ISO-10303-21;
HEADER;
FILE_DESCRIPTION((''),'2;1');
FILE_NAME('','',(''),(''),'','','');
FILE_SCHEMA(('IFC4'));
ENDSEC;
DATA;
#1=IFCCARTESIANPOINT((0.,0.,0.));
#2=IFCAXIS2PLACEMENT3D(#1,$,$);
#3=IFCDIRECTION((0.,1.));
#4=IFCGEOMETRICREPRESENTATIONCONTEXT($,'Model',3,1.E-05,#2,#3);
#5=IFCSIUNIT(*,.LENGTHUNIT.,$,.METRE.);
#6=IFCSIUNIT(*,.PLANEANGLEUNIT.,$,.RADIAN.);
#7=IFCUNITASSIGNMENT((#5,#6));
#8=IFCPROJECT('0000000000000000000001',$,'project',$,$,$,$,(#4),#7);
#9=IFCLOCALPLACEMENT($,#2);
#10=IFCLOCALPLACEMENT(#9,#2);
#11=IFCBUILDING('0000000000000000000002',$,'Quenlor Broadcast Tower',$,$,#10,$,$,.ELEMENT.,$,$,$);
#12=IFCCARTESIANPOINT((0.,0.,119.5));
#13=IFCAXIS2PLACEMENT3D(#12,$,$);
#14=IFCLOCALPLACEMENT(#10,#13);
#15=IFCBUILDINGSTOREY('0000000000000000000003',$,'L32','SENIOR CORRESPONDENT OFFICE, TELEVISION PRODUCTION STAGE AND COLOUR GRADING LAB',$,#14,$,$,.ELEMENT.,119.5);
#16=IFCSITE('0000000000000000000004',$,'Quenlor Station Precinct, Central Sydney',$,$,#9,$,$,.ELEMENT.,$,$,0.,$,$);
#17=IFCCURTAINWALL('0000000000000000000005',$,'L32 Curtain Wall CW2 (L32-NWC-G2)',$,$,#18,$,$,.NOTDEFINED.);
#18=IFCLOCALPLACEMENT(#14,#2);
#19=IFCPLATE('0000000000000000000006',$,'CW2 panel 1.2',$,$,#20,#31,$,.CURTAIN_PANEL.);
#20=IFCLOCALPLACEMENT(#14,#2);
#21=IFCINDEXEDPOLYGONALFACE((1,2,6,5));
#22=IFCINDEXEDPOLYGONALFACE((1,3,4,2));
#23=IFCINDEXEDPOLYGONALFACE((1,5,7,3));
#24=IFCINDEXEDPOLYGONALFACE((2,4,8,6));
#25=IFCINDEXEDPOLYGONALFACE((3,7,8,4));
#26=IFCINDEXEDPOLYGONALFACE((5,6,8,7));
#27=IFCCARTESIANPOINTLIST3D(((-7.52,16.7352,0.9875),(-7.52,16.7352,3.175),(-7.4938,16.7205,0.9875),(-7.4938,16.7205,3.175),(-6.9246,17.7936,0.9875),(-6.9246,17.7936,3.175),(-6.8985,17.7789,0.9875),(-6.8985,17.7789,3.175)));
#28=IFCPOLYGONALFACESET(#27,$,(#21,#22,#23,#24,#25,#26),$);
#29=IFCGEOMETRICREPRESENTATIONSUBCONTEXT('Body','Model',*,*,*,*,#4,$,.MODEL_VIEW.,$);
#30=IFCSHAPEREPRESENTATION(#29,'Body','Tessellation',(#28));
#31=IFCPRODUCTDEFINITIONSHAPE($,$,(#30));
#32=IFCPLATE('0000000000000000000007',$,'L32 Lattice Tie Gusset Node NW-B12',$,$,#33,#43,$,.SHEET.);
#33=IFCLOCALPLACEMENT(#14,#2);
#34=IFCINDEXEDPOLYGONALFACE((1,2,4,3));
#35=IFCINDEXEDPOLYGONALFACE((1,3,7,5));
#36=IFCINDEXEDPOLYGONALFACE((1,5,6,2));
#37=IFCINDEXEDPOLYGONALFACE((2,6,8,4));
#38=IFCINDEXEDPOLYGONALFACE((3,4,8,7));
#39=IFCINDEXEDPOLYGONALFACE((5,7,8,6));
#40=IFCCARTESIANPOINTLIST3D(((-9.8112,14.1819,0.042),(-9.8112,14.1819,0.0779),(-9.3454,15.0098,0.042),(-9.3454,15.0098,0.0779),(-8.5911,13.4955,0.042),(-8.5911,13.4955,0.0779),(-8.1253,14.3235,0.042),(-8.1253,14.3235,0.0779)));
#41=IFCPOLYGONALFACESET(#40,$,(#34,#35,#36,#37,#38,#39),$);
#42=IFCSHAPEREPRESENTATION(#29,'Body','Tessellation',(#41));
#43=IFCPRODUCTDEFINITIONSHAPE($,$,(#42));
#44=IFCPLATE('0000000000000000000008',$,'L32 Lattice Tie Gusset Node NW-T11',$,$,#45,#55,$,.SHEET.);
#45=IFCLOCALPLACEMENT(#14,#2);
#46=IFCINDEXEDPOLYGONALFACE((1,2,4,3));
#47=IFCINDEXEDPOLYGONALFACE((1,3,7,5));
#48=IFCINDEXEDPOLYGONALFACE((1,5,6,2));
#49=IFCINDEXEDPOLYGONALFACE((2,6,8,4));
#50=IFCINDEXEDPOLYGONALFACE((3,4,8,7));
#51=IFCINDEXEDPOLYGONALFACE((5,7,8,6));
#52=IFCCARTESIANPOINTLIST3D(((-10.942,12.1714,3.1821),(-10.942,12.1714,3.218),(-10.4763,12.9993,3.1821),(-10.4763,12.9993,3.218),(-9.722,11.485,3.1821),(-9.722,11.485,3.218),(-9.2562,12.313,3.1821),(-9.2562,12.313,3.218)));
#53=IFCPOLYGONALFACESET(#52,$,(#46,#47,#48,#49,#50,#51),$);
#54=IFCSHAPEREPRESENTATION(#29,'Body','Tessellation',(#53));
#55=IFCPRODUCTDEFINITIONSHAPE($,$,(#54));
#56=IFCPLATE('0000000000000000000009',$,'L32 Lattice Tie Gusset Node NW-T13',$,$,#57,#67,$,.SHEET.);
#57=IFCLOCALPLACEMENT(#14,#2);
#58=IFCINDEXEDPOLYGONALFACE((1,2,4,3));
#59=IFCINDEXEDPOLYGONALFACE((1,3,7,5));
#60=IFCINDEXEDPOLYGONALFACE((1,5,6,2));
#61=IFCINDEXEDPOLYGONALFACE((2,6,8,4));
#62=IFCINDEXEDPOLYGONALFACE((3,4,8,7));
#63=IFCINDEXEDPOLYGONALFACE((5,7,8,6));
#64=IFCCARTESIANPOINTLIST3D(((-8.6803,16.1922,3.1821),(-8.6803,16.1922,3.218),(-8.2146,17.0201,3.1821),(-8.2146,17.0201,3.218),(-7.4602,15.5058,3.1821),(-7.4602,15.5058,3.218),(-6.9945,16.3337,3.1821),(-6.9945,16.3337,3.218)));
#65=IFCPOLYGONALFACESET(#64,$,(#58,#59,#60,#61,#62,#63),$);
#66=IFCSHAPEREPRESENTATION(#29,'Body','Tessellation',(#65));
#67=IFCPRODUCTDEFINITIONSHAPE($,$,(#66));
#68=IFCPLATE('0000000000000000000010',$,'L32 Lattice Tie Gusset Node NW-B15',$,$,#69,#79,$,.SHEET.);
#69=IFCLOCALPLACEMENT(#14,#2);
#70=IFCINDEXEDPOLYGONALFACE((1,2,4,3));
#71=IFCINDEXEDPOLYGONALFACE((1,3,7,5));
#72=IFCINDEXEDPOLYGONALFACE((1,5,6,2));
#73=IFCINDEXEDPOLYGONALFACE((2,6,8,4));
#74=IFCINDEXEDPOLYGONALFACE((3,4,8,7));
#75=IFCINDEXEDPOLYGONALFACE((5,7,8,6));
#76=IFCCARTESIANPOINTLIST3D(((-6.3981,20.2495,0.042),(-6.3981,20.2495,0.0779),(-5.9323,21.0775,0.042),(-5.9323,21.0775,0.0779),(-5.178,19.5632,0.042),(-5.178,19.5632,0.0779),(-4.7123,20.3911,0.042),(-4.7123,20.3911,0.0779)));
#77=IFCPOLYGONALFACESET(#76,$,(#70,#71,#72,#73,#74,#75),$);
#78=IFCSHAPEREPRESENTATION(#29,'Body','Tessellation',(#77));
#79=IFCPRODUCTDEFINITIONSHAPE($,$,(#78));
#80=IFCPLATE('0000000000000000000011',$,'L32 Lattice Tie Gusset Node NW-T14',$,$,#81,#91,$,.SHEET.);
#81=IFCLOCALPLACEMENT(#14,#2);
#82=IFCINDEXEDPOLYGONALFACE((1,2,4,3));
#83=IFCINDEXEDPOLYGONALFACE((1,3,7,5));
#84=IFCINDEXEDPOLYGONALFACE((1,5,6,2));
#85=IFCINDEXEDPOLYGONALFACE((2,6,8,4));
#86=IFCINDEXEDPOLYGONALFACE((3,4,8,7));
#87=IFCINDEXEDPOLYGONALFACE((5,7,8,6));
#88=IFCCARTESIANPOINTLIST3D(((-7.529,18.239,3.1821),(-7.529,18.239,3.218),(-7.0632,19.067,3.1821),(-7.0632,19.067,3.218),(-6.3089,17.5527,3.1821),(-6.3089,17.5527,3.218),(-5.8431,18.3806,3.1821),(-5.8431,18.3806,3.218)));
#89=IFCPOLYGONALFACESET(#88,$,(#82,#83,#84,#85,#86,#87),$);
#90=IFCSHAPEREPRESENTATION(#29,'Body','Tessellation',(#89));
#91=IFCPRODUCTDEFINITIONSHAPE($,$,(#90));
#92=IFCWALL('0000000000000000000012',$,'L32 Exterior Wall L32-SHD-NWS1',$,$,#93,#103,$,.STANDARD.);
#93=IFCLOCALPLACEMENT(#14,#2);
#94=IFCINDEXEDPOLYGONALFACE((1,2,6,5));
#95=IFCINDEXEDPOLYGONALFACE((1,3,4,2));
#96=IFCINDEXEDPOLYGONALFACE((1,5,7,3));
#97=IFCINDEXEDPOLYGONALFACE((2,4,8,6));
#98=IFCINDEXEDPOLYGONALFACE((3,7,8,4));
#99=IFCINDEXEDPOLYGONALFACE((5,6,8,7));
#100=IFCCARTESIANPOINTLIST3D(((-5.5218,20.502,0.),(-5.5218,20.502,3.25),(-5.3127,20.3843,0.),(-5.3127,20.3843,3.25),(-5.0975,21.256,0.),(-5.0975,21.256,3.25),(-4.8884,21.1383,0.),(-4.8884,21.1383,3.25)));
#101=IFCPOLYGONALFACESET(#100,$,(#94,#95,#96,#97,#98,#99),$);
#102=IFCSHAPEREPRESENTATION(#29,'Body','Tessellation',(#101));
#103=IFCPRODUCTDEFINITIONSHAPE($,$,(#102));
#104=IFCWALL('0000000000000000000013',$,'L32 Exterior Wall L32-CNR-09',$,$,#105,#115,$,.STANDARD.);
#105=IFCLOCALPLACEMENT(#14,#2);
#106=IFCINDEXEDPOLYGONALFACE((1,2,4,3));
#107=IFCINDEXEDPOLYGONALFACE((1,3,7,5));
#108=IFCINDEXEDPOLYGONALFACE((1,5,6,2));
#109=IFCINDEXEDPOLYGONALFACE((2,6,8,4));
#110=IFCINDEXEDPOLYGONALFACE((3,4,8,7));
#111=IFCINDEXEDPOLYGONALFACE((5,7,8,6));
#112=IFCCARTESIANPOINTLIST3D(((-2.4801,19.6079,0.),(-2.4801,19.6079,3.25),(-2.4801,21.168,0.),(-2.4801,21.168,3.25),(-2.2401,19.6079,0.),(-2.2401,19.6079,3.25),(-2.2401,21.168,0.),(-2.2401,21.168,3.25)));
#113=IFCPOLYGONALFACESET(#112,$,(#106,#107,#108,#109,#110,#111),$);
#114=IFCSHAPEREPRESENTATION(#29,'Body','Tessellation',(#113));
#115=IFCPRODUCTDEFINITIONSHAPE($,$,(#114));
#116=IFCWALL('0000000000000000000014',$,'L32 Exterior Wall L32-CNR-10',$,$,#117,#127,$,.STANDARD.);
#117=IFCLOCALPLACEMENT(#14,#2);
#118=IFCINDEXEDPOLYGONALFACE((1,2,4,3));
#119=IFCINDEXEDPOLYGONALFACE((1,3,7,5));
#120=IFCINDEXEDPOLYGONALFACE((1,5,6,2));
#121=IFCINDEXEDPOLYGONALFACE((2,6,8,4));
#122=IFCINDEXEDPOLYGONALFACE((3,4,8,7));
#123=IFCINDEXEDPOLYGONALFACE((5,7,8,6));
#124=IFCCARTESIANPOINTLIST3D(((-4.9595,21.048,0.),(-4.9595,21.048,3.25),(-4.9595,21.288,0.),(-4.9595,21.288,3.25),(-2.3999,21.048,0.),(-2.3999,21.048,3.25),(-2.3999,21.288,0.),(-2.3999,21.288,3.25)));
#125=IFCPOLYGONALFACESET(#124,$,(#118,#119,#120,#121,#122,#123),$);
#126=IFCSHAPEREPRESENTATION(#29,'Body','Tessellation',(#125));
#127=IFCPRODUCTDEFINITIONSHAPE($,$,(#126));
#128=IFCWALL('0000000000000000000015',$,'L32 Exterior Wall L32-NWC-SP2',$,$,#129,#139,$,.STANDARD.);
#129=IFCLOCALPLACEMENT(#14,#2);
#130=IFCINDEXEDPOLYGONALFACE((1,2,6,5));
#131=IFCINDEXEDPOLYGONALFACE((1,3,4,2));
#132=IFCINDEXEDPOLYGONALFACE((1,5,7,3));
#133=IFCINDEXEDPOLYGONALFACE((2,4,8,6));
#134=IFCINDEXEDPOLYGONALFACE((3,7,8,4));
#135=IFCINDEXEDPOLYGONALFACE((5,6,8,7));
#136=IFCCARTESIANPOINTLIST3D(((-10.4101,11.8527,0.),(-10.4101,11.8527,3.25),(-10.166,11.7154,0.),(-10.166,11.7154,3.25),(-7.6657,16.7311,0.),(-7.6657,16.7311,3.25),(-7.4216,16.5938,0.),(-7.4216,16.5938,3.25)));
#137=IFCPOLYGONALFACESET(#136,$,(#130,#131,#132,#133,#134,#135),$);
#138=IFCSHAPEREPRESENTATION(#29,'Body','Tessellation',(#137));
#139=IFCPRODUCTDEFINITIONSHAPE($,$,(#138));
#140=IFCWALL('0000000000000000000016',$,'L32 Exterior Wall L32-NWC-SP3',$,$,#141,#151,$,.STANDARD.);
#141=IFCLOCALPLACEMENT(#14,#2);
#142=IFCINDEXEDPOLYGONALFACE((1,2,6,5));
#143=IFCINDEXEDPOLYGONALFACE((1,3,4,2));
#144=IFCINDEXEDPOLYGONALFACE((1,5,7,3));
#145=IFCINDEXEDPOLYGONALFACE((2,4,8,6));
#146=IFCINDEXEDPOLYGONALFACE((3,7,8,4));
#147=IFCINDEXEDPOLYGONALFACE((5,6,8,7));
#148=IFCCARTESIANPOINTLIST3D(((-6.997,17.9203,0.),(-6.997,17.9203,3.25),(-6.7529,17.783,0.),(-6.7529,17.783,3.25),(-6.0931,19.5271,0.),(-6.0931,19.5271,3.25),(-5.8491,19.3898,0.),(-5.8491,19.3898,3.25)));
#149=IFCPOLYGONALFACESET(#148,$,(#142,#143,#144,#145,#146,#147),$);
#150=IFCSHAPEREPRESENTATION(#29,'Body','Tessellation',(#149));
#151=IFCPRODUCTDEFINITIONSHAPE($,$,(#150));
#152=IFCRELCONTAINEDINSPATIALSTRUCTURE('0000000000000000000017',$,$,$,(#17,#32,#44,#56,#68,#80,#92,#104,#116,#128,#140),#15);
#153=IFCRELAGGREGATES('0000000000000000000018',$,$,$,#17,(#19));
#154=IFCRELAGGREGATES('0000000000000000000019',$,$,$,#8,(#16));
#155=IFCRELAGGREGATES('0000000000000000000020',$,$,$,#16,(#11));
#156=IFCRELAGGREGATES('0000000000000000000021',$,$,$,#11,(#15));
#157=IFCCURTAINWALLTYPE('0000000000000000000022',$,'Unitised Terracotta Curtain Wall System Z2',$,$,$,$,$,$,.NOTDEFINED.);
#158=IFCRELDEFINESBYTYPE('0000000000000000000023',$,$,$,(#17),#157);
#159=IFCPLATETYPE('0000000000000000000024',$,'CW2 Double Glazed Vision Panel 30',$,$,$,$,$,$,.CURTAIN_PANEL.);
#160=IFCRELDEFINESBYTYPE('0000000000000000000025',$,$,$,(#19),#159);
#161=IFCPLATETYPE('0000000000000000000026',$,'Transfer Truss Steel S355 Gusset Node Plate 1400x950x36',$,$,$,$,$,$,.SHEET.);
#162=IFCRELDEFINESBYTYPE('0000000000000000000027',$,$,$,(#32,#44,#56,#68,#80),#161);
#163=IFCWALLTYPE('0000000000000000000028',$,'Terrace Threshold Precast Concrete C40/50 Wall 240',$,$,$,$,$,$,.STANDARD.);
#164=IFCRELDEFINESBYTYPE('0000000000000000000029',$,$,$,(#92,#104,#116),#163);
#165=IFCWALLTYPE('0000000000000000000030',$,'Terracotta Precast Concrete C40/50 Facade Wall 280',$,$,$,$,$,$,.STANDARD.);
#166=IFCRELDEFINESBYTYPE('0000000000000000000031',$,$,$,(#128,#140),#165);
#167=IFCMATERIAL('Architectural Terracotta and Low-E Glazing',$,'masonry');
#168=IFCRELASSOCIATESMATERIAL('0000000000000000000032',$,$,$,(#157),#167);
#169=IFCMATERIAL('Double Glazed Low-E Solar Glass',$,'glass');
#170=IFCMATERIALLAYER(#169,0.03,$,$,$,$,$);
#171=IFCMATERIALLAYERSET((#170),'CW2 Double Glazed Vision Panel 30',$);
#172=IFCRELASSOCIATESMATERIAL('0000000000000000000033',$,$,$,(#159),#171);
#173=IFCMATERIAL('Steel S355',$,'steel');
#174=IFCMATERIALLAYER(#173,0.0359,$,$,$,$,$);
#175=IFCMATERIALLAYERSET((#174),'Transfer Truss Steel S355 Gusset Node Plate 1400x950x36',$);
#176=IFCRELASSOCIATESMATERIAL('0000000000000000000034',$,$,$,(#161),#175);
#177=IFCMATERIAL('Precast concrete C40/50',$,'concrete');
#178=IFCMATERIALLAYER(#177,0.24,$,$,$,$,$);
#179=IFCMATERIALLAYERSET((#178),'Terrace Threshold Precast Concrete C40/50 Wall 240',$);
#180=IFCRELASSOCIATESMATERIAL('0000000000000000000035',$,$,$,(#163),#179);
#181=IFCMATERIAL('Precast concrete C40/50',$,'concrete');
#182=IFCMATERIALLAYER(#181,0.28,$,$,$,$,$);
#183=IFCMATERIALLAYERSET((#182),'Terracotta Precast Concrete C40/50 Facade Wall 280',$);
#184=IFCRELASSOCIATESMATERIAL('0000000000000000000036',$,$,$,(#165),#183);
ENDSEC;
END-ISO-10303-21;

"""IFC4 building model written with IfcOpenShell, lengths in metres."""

from ifc_helpers import new_model, si_unit, direction, frame, frame_2d, origin, origin_2d, place, context, subcontext, project, spatial, rectangle, extrude, material, layer, layer_set, type_object, element, aggregate, save


model = new_model("IFC4")

# Units and contexts
model_context = context("Model", 3, precision=1e-05, world=origin(), true_north=direction((0.0, 1.0)))
body_context = subcontext(model_context, "Body", "Model", "MODEL_VIEW")
ifc_project = project(units=[si_unit("LENGTHUNIT", "METRE"), si_unit("PLANEANGLEUNIT", "RADIAN")], contexts=[model_context])

# Site, building, storey
site_placement = place(None, origin())
site = spatial("IfcSite", under=ifc_project, at=site_placement, Name="Quenlor Station Precinct, Central Sydney", CompositionType="ELEMENT", RefElevation=0.0)
building_placement = place(site_placement, origin())
building = spatial("IfcBuilding", under=site, at=building_placement, Name="Quenlor Broadcast Tower", CompositionType="ELEMENT")
storey_placement = place(building_placement, frame((0.0, 0.0, 119.5)))
storey = spatial("IfcBuildingStorey", under=building, at=storey_placement, Name="L32", Description="SENIOR CORRESPONDENT OFFICE, TELEVISION PRODUCTION STAGE AND COLOUR GRADING LAB", CompositionType="ELEMENT", Elevation=119.5)

# Shared definitions
ifc_material_1 = material(Name="Architectural Terracotta and Low-E Glazing", Category="masonry")
curtain_wall_type = type_object("IfcCurtainWallType", Name="Unitised Terracotta Curtain Wall System Z2", PredefinedType="NOTDEFINED", material=ifc_material_1)

# Curtain wall
curtain_wall_1_placement = place(storey_placement, origin())
curtain_wall_1 = element("IfcCurtainWall", 1, at=curtain_wall_1_placement, inside=storey, type_object=curtain_wall_type, Name="L32 Curtain Wall CW2 (L32-NWC-G2)", PredefinedType="NOTDEFINED")

# Plate
ifc_material_2 = material(Name="Double Glazed Low-E Solar Glass", Category="glass")
ifc_layer_1 = layer(ifc_material_2, 0.03)
ifc_layer_set_1 = layer_set([ifc_layer_1], Name="CW2 Double Glazed Vision Panel 30")
plate_type_1 = type_object("IfcPlateType", Name="CW2 Double Glazed Vision Panel 30", PredefinedType="CURTAIN_PANEL", material=ifc_layer_set_1)
plate_1_placement = place(storey_placement, frame((-7.2092, 17.2571, 0.9875), z_axis=(0.0, 0.0, 1.0), x_axis=(0.490247, 0.871583, 0.0)))
plate_1 = element("IfcPlate", 2, at=plate_1_placement, type_object=plate_type_1, Name="CW2 panel 1.2", PredefinedType="CURTAIN_PANEL", context=body_context, shape_type="SweptSolid", body=[
    extrude(rectangle(XDim=1.2144, YDim=0.03, at=origin_2d()), origin(), (0.0, 0.0, 1.0), 2.1875),
])
aggregate(curtain_wall_1, [plate_1])

# Plates
ifc_material_3 = material(Name="Steel S355", Category="steel")
ifc_layer_2 = layer(ifc_material_3, 0.0359)
ifc_layer_set_2 = layer_set([ifc_layer_2], Name="Transfer Truss Steel S355 Gusset Node Plate 1400x950x36")
plate_type_2 = type_object("IfcPlateType", Name="Transfer Truss Steel S355 Gusset Node Plate 1400x950x36", PredefinedType="SHEET", material=ifc_layer_set_2)
for number, where, z_axis, x_axis, name in (
    (3, (-8.9683, 14.2527, 0.042), (0.0, 0.0, 1.0), (-0.871556, 0.490295, 0.0), "L32 Lattice Tie Gusset Node NW-B12"),
    (4, (-10.0991, 12.2422, 3.1821), (0.0, 0.0, 1.0), (-0.871556, 0.490295, 0.0), "L32 Lattice Tie Gusset Node NW-T11"),
    (5, (-7.8374, 16.2629, 3.1821), (0.0, 0.0, 1.0), (-0.871556, 0.490295, 0.0), "L32 Lattice Tie Gusset Node NW-T13"),
    (6, (-5.5552, 20.3203, 0.042), (0.0, 0.0, 1.0), (-0.871556, 0.490295, 0.0), "L32 Lattice Tie Gusset Node NW-B15"),
    (7, (-6.686, 18.3098, 3.1821), (0.0, 0.0, 1.0), (-0.871556, 0.490295, 0.0), "L32 Lattice Tie Gusset Node NW-T14"),
):
    element("IfcPlate", number, at=place(storey_placement, frame(where, z_axis=z_axis, x_axis=x_axis)), inside=storey, type_object=plate_type_2, Name=name, PredefinedType="SHEET", context=body_context, shape_type="SweptSolid", body=[
        extrude(rectangle(XDim=1.3999, YDim=0.95, at=origin_2d()), origin(), (0.0, 0.0, 1.0), 0.0359),
    ])

# Walls
ifc_material_4 = material(Name="Precast concrete C40/50", Category="concrete")
ifc_layer_3 = layer(ifc_material_4, 0.24)
ifc_layer_set_3 = layer_set([ifc_layer_3], Name="Terrace Threshold Precast Concrete C40/50 Wall 240")
wall_type_1 = type_object("IfcWallType", Name="Terrace Threshold Precast Concrete C40/50 Wall 240", PredefinedType="STANDARD", material=ifc_layer_set_3)
wall_1_placement = place(storey_placement, frame((-5.4172, 20.4431, 0.0), z_axis=(0.0, 0.0, 1.0), x_axis=(0.490355, 0.871523, 0.0)))
element("IfcWall", 8, at=wall_1_placement, inside=storey, type_object=wall_type_1, Name="L32 Exterior Wall L32-SHD-NWS1", PredefinedType="STANDARD", context=body_context, shape_type="SweptSolid", body=[
    extrude(rectangle(XDim=0.8652, YDim=0.24, at=frame_2d((0.4326, 0.0))), origin(), (0.0, 0.0, 1.0), 3.25),
])
wall_2_placement = place(storey_placement, frame((-2.3601, 19.6079, 0.0), z_axis=(0.0, 0.0, 1.0), x_axis=(0.0, 1.0, 0.0)))
element("IfcWall", 9, at=wall_2_placement, inside=storey, type_object=wall_type_1, Name="L32 Exterior Wall L32-CNR-09", PredefinedType="STANDARD", context=body_context, shape_type="SweptSolid", body=[
    extrude(rectangle(XDim=1.5601, YDim=0.24, at=frame_2d((0.78, 0.0))), origin(), (0.0, 0.0, 1.0), 3.25),
])
wall_3_placement = place(storey_placement, frame((-2.3999, 21.168, 0.0), z_axis=(0.0, 0.0, 1.0), x_axis=(-1.0, 0.0, 0.0)))
element("IfcWall", 10, at=wall_3_placement, inside=storey, type_object=wall_type_1, Name="L32 Exterior Wall L32-CNR-10", PredefinedType="STANDARD", context=body_context, shape_type="SweptSolid", body=[
    extrude(rectangle(XDim=2.5596, YDim=0.24, at=frame_2d((1.2798, 0.0))), origin(), (0.0, 0.0, 1.0), 3.25),
])
ifc_material_5 = material(Name="Precast concrete C40/50", Category="concrete")
ifc_layer_4 = layer(ifc_material_5, 0.28)
ifc_layer_set_4 = layer_set([ifc_layer_4], Name="Terracotta Precast Concrete C40/50 Facade Wall 280")
wall_type_2 = type_object("IfcWallType", Name="Terracotta Precast Concrete C40/50 Facade Wall 280", PredefinedType="STANDARD", material=ifc_layer_set_4)
wall_4_placement = place(storey_placement, frame((-10.2881, 11.7839, 0.0), z_axis=(0.0, 0.0, 1.0), x_axis=(0.490299, 0.871555, 0.0)))
element("IfcWall", 11, at=wall_4_placement, inside=storey, type_object=wall_type_2, Name="L32 Exterior Wall L32-NWC-SP2", PredefinedType="STANDARD", context=body_context, shape_type="SweptSolid", body=[
    extrude(rectangle(XDim=5.5974, YDim=0.28, at=frame_2d((2.7988, 0.0))), origin(), (0.0, 0.0, 1.0), 3.25),
])
wall_5_placement = place(storey_placement, frame((-6.875, 17.8516, 0.0), z_axis=(0.0, 0.0, 1.0), x_axis=(0.49028, 0.871565, 0.0)))
element("IfcWall", 12, at=wall_5_placement, inside=storey, type_object=wall_type_2, Name="L32 Exterior Wall L32-NWC-SP3", PredefinedType="STANDARD", context=body_context, shape_type="SweptSolid", body=[
    extrude(rectangle(XDim=1.8435, YDim=0.28, at=frame_2d((0.9219, 0.0))), origin(), (0.0, 0.0, 1.0), 3.25),
])

save(model, "model.ifc")
